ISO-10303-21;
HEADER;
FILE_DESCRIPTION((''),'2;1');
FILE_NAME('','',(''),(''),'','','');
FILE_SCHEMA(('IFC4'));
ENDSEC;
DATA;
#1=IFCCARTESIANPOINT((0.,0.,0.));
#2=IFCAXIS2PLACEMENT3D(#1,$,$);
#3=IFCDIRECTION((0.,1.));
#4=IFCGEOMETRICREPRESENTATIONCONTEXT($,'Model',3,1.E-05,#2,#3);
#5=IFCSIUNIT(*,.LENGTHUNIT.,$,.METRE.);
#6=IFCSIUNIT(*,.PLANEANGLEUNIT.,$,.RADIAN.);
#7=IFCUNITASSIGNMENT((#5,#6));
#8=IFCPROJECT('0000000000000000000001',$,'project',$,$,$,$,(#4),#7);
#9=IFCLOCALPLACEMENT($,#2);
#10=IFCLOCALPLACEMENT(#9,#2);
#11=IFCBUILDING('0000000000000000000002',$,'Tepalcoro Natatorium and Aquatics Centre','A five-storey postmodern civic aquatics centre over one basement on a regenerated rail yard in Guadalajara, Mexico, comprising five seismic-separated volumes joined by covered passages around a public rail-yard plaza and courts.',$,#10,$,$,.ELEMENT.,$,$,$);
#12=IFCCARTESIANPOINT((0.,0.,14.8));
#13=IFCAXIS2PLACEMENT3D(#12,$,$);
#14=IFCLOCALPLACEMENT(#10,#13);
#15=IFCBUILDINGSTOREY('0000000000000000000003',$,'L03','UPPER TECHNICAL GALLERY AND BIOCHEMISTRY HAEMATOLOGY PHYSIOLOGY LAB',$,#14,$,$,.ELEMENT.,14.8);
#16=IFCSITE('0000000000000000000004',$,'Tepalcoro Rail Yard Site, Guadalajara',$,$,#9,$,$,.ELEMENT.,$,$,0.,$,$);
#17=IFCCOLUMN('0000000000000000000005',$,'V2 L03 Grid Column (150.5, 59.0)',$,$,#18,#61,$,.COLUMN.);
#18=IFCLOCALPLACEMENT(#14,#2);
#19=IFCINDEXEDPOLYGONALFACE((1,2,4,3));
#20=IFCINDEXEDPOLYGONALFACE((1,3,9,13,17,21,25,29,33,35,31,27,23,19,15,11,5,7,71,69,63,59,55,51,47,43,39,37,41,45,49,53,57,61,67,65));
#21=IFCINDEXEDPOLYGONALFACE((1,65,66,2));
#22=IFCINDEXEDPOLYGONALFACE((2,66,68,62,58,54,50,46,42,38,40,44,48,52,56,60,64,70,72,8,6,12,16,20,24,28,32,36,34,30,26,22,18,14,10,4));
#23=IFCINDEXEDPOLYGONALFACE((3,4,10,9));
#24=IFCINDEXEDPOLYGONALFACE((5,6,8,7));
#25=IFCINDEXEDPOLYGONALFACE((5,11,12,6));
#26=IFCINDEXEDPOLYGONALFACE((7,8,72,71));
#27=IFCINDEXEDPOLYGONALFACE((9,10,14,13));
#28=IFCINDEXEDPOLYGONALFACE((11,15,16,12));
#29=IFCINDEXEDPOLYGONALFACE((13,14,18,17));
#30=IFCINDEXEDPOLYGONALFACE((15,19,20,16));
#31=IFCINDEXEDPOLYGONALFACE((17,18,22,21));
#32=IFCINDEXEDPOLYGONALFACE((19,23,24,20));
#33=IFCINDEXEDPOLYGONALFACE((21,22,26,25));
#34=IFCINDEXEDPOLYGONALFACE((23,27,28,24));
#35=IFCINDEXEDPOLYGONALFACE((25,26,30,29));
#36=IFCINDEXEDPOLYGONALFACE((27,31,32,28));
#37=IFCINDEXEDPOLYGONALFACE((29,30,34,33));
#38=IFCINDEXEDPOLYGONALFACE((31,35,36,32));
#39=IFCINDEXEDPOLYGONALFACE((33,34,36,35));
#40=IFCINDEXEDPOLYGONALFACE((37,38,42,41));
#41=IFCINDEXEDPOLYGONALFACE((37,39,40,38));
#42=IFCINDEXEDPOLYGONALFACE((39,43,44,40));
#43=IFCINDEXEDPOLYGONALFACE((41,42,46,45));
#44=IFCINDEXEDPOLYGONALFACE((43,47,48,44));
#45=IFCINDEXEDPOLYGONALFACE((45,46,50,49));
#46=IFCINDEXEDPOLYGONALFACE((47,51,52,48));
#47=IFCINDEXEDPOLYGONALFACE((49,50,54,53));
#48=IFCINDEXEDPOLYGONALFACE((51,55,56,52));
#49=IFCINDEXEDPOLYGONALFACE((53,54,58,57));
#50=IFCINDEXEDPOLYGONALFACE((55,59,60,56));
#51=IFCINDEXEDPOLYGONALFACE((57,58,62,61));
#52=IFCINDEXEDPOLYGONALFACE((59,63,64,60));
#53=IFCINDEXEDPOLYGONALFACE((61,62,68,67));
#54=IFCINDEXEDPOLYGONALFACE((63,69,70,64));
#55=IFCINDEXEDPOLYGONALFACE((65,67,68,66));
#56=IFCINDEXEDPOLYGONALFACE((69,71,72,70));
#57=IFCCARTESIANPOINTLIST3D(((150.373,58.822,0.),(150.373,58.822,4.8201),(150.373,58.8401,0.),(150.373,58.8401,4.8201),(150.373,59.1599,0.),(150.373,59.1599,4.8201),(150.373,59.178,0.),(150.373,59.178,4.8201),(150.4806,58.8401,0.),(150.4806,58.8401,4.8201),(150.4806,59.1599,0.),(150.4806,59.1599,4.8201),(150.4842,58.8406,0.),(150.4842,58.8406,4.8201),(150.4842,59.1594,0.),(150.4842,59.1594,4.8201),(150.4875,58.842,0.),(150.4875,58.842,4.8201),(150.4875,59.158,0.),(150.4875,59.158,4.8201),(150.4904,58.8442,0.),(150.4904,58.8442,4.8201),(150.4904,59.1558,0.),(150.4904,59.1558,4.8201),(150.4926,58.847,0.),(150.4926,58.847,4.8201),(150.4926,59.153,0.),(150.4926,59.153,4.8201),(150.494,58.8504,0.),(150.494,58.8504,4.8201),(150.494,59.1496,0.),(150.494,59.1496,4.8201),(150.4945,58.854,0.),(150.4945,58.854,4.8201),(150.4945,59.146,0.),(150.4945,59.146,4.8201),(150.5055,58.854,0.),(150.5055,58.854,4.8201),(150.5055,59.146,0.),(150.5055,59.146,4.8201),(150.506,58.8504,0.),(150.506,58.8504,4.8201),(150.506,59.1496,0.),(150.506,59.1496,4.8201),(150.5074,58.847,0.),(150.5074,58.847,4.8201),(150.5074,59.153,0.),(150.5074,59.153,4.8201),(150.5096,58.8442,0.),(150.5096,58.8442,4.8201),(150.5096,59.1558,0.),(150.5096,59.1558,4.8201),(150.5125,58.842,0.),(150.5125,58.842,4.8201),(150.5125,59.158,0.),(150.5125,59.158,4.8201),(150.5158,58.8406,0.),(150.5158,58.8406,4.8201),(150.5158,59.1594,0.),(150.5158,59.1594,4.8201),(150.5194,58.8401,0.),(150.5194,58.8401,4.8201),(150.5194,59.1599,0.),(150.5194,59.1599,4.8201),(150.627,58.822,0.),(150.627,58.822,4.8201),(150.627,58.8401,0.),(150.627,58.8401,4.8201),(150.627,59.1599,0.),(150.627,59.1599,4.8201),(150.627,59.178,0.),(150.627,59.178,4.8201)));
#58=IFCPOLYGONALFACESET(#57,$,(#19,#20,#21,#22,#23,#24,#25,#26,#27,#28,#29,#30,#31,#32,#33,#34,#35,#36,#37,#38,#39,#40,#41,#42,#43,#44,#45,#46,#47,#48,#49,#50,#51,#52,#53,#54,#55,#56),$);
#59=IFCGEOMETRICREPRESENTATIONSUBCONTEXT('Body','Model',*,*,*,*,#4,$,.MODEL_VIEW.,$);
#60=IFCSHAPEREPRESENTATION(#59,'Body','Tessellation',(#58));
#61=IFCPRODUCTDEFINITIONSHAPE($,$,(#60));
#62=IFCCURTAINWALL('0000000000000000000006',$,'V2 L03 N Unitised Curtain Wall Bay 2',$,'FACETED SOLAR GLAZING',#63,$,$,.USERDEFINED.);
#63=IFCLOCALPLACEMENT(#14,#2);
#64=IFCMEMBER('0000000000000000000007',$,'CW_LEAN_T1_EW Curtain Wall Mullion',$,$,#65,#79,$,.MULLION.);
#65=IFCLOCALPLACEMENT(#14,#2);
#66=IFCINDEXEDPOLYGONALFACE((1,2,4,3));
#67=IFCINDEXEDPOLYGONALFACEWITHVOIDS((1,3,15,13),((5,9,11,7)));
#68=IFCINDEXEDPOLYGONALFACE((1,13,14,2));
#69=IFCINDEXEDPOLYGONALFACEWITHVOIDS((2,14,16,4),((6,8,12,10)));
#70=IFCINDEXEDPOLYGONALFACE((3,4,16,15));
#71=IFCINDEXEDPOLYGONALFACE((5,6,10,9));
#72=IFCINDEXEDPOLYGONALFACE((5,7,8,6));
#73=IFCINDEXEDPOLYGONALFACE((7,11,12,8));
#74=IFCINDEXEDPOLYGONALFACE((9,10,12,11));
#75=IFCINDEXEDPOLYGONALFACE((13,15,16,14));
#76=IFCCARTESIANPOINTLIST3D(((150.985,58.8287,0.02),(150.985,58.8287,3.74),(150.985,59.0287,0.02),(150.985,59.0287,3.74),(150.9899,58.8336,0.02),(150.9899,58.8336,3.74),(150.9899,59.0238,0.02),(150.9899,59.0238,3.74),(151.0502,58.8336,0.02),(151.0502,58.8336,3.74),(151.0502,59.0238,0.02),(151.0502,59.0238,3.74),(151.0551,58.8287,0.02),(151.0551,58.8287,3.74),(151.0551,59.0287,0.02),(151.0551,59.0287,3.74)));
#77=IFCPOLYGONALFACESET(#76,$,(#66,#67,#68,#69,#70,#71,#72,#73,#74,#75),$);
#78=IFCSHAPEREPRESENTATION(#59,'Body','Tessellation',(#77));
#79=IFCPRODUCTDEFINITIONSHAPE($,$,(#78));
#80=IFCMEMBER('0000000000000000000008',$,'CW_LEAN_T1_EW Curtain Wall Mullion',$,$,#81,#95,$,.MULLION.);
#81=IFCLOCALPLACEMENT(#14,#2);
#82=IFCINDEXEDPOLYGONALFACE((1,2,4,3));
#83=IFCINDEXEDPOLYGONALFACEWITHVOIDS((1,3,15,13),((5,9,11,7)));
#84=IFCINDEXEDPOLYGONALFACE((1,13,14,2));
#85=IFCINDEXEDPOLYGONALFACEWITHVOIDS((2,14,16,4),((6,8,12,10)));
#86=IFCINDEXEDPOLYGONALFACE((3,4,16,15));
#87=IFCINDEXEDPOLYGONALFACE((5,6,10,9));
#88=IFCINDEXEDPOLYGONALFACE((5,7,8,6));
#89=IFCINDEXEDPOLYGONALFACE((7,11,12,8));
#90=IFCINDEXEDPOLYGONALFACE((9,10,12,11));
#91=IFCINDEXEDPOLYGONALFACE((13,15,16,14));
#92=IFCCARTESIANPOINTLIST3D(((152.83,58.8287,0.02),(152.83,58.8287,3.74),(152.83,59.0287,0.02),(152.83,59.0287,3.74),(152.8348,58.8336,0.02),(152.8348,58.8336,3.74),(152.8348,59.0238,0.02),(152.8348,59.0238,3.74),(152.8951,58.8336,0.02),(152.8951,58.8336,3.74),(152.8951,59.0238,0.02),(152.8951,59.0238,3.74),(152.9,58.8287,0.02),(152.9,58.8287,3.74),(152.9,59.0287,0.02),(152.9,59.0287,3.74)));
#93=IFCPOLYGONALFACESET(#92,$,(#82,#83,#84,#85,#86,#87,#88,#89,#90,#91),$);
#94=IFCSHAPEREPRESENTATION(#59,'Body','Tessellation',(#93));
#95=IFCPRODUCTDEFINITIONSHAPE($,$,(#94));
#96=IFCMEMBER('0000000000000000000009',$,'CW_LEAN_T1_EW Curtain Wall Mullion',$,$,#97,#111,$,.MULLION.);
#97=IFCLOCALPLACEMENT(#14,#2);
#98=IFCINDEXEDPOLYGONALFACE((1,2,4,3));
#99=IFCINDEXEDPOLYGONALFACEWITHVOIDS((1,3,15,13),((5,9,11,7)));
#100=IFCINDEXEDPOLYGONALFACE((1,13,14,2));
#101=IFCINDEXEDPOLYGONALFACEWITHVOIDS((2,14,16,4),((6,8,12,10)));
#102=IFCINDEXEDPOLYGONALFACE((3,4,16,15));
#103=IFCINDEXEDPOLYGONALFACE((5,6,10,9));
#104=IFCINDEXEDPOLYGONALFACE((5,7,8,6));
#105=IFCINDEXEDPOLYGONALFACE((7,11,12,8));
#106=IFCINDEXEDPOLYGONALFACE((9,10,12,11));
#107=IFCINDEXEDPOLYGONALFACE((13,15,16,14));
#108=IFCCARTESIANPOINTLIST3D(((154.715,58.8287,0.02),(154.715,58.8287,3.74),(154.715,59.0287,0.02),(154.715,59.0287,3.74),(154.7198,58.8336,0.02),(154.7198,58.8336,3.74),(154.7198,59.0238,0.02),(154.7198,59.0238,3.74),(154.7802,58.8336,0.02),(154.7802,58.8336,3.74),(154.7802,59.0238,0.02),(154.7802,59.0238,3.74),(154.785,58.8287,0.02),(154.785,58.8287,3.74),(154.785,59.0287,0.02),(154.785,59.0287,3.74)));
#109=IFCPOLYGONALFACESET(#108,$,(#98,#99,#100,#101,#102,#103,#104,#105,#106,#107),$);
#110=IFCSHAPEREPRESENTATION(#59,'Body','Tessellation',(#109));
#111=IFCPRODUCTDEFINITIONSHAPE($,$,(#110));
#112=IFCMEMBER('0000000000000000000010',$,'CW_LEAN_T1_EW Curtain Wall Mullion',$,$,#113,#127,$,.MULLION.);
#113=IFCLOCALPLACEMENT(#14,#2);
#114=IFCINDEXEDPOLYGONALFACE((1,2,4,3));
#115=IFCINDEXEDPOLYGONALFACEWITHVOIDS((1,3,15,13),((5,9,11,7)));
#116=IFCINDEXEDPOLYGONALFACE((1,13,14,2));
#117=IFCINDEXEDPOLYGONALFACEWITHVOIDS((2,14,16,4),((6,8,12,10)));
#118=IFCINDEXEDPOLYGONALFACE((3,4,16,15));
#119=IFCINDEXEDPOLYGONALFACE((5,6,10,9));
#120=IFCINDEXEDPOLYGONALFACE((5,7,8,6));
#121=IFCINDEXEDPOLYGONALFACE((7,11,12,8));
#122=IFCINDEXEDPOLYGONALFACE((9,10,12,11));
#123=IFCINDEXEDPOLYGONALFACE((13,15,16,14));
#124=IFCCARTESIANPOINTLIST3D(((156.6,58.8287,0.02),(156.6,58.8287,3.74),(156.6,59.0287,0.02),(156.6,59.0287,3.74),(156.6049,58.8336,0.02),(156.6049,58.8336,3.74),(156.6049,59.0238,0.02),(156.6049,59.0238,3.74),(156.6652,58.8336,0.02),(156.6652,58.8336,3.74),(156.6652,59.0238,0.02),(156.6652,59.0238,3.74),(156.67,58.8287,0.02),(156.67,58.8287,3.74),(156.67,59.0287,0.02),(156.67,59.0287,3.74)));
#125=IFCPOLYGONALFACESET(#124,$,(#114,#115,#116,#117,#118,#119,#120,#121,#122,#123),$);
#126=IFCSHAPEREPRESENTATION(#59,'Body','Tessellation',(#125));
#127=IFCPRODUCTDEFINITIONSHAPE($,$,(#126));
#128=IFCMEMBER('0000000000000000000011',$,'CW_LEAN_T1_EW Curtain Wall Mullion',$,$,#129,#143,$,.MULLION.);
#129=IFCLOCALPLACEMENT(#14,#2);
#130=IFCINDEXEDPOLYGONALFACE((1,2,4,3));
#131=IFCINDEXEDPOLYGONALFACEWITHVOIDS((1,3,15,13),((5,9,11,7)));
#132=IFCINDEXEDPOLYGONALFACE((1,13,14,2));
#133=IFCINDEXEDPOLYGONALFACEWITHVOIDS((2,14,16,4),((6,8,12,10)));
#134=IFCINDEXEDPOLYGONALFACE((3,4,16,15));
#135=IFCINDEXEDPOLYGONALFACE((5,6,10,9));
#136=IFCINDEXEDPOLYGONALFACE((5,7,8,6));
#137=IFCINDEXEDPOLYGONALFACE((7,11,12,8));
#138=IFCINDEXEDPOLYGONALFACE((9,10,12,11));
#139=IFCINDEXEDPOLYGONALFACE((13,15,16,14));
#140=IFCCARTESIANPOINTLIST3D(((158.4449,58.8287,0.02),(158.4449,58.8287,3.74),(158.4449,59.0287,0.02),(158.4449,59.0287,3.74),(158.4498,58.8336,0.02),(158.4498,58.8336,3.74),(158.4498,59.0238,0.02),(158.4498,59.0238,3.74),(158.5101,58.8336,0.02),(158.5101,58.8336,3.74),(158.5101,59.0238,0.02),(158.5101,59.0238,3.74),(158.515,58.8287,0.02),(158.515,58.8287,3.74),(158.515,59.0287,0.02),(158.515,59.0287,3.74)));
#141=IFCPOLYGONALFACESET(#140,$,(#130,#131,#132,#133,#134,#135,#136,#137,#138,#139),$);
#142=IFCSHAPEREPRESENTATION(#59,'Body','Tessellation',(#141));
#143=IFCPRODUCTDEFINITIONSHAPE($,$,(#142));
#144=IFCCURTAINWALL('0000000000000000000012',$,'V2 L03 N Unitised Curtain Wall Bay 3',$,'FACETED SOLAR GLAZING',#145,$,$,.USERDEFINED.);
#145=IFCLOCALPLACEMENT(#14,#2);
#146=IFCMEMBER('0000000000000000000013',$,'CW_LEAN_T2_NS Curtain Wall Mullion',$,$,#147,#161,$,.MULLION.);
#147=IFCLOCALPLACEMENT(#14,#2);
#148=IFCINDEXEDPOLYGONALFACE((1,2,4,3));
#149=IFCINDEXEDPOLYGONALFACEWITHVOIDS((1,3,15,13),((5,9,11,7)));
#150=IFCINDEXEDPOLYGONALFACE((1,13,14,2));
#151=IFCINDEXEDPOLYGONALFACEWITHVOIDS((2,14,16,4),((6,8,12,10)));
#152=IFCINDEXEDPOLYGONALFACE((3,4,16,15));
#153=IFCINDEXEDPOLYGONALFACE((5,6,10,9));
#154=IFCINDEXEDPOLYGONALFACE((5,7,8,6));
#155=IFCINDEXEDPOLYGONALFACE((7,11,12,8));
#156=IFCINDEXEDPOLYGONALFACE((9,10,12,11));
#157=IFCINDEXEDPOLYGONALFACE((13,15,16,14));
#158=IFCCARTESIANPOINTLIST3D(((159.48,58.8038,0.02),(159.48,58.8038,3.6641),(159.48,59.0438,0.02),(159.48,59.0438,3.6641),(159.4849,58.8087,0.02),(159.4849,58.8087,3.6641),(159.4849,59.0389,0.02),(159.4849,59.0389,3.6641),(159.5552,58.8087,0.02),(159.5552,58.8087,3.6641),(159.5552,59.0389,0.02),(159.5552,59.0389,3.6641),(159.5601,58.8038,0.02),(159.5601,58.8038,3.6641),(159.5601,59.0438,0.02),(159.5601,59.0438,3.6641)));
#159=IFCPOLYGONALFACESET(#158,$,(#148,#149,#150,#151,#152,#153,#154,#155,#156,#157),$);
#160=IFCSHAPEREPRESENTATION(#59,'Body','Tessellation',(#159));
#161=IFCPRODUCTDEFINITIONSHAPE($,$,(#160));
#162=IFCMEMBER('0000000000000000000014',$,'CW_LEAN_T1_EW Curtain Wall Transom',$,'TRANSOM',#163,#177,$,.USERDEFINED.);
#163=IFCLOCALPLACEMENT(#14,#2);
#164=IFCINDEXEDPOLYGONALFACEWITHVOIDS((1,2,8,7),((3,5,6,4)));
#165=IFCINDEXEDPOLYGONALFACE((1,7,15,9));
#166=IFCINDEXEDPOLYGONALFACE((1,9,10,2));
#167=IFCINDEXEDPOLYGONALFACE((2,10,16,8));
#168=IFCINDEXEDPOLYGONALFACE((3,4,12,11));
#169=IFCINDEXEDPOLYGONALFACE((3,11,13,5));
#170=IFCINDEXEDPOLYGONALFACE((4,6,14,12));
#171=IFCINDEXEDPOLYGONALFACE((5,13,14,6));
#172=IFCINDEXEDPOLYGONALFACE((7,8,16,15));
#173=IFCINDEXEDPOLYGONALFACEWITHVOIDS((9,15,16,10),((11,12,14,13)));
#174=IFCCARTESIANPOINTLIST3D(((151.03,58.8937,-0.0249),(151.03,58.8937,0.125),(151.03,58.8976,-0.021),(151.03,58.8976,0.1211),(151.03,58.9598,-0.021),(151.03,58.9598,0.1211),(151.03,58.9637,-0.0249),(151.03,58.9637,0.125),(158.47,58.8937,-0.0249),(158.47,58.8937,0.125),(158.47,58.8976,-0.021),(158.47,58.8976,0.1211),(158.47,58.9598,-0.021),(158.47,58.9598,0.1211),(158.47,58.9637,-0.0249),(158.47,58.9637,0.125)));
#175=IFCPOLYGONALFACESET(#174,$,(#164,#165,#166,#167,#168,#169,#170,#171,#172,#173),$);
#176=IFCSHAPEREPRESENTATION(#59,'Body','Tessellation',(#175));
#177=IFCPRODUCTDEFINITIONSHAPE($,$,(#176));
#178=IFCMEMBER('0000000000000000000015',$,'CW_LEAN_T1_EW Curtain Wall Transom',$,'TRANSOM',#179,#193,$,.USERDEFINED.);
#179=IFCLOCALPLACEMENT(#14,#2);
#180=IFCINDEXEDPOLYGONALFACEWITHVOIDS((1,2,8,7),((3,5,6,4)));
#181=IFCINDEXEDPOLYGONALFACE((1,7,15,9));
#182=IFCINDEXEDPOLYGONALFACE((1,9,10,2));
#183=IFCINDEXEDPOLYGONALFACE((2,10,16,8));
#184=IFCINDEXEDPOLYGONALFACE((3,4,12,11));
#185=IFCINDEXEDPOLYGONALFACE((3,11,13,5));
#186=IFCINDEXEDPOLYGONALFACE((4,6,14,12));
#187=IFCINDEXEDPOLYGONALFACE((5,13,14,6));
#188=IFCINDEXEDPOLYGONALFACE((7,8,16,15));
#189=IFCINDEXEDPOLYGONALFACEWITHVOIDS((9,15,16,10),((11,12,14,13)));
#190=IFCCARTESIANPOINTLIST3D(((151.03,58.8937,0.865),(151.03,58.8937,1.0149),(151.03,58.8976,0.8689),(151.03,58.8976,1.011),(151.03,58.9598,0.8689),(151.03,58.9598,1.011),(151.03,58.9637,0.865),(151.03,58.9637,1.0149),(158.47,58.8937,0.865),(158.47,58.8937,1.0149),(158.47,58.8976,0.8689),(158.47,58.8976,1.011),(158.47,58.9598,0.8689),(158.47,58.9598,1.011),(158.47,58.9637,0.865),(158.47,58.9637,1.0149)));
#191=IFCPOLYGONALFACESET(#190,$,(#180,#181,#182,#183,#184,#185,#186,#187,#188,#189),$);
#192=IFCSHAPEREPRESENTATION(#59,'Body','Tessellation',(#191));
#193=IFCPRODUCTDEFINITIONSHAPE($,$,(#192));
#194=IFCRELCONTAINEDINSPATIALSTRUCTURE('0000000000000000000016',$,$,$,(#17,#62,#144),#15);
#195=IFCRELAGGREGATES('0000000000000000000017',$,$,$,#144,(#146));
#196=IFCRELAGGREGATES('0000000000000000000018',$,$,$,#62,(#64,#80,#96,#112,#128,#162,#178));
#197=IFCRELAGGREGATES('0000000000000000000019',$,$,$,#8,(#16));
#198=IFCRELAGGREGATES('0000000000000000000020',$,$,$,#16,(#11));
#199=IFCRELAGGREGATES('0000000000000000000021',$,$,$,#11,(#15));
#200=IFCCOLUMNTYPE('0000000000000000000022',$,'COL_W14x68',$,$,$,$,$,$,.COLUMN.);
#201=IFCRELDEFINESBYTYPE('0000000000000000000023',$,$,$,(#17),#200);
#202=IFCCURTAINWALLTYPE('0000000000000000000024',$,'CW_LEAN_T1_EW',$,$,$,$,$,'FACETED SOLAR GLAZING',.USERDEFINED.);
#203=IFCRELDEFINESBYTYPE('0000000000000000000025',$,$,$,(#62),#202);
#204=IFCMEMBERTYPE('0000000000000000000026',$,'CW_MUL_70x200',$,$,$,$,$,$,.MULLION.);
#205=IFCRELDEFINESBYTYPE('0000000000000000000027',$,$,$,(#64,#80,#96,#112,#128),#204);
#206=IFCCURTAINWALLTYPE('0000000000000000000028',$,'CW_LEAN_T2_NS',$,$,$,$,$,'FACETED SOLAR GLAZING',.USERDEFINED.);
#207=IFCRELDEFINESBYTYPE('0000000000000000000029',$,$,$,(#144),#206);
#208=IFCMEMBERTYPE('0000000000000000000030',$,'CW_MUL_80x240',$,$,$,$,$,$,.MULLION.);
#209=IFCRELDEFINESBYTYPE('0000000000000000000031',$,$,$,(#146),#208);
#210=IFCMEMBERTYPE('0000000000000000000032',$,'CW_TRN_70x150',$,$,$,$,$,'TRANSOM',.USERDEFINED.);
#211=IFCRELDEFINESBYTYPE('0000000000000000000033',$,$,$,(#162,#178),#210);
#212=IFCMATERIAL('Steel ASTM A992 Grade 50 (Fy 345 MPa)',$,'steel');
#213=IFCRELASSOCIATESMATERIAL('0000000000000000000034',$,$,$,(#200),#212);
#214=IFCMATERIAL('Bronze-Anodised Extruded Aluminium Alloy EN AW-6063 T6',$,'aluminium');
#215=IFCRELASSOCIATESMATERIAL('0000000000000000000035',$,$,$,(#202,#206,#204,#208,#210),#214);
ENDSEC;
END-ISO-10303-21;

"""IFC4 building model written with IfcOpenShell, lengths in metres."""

from ifc_helpers import new_model, si_unit, direction, frame, origin, origin_2d, place, context, subcontext, project, spatial, hollow_rectangle, i_section, extrude, material, material_profile, profile_set, type_object, element, aggregate, save


model = new_model("IFC4")

# Units and contexts
model_context = context("Model", 3, precision=1e-05, world=origin(), true_north=direction((0.0, 1.0)))
body_context = subcontext(model_context, "Body", "Model", "MODEL_VIEW")
ifc_project = project(units=[si_unit("LENGTHUNIT", "METRE"), si_unit("PLANEANGLEUNIT", "RADIAN")], contexts=[model_context])

# Site, building, storey
site_placement = place(None, origin())
site = spatial("IfcSite", under=ifc_project, at=site_placement, Name="Tepalcoro Rail Yard Site, Guadalajara", CompositionType="ELEMENT", RefElevation=0.0)
building_placement = place(site_placement, origin())
building = spatial("IfcBuilding", under=site, at=building_placement, Name="Tepalcoro Natatorium and Aquatics Centre", Description="A five-storey postmodern civic aquatics centre over one basement on a regenerated rail yard in Guadalajara, Mexico, comprising five seismic-separated volumes joined by covered passages around a public rail-yard plaza and courts.", CompositionType="ELEMENT")
storey_placement = place(building_placement, frame((0.0, 0.0, 14.8)))
storey = spatial("IfcBuildingStorey", under=building, at=storey_placement, Name="L03", Description="UPPER TECHNICAL GALLERY AND BIOCHEMISTRY HAEMATOLOGY PHYSIOLOGY LAB", CompositionType="ELEMENT", Elevation=14.8)

# Column
ifc_material_1 = material(Name="Steel ASTM A992 Grade 50 (Fy 345 MPa)", Category="steel")
ifc_material_profile_1 = material_profile(ifc_material_1, i_section(OverallWidth=0.2539, OverallDepth=0.356, WebThickness=0.011, FlangeThickness=0.0181, FilletRadius=0.0139, at=origin_2d()), Name="W14X68")
ifc_profile_set_1 = profile_set([ifc_material_profile_1], Name="Steel ASTM A992 Grade 50 (Fy 345 MPa)")
column_type_1 = type_object("IfcColumnType", Name="COL_W14x68", PredefinedType="COLUMN", material=ifc_profile_set_1)
column_1_placement = place(storey_placement, frame((150.5, 59.0, 0.0), z_axis=(0.0, 0.0, 1.0), x_axis=(1.0, 0.0, 0.0)))
element("IfcColumn", 1, at=column_1_placement, inside=storey, type_object=column_type_1, Name="V2 L03 Grid Column (150.5, 59.0)", PredefinedType="COLUMN", context=body_context, shape_type="SweptSolid", body=[
    extrude(i_section(OverallWidth=0.2539, OverallDepth=0.356, WebThickness=0.011, FlangeThickness=0.0181, FilletRadius=0.0139, at=origin_2d()), origin(), (0.0, 0.0, 1.0), 4.8201),
])

# Curtain wall, members
ifc_material_2 = material(Name="Bronze-Anodised Extruded Aluminium Alloy EN AW-6063 T6", Category="aluminium")
curtain_wall_type_1 = type_object("IfcCurtainWallType", Name="CW_LEAN_T1_EW", ElementType="FACETED SOLAR GLAZING", PredefinedType="USERDEFINED", material=ifc_material_2)
curtain_wall_1_placement = place(storey_placement, origin())
curtain_wall_1 = element("IfcCurtainWall", 2, at=curtain_wall_1_placement, inside=storey, type_object=curtain_wall_type_1, Name="V2 L03 N Unitised Curtain Wall Bay 2", ObjectType="FACETED SOLAR GLAZING", PredefinedType="USERDEFINED")
ifc_material_profile_2 = material_profile(ifc_material_2, hollow_rectangle(XDim=0.0701, YDim=0.2, WallThickness=0.0049, at=origin_2d()), Name="AL70X200X5")
ifc_profile_set_2 = profile_set([ifc_material_profile_2], Name="Bronze-Anodised Extruded Aluminium Alloy EN AW-6063 T6")
member_type_1 = type_object("IfcMemberType", Name="CW_MUL_70x200", PredefinedType="MULLION", material=ifc_profile_set_2)
member_1_placement = place(storey_placement, frame((151.02, 58.9287, 0.02), z_axis=(0.0, 0.0, 1.0), x_axis=(1.0, 0.0, 0.0)))
member_1 = element("IfcMember", 3, at=member_1_placement, type_object=member_type_1, Name="CW_LEAN_T1_EW Curtain Wall Mullion", PredefinedType="MULLION", context=body_context, shape_type="SweptSolid", body=[
    extrude(hollow_rectangle(XDim=0.0701, YDim=0.2, WallThickness=0.0049, at=origin_2d()), origin(), (0.0, 0.0, 1.0), 3.72),
])
member_2_placement = place(storey_placement, frame((152.865, 58.9287, 0.02), z_axis=(0.0, 0.0, 1.0), x_axis=(1.0, 0.0, 0.0)))
member_2 = element("IfcMember", 4, at=member_2_placement, type_object=member_type_1, Name="CW_LEAN_T1_EW Curtain Wall Mullion", PredefinedType="MULLION", context=body_context, shape_type="SweptSolid", body=[
    extrude(hollow_rectangle(XDim=0.0701, YDim=0.2, WallThickness=0.0049, at=origin_2d()), origin(), (0.0, 0.0, 1.0), 3.72),
])
member_3_placement = place(storey_placement, frame((154.75, 58.9287, 0.02), z_axis=(0.0, 0.0, 1.0), x_axis=(1.0, 0.0, 0.0)))
member_3 = element("IfcMember", 5, at=member_3_placement, type_object=member_type_1, Name="CW_LEAN_T1_EW Curtain Wall Mullion", PredefinedType="MULLION", context=body_context, shape_type="SweptSolid", body=[
    extrude(hollow_rectangle(XDim=0.0701, YDim=0.2, WallThickness=0.0049, at=origin_2d()), origin(), (0.0, 0.0, 1.0), 3.72),
])
member_4_placement = place(storey_placement, frame((156.635, 58.9287, 0.02), z_axis=(0.0, 0.0, 1.0), x_axis=(1.0, 0.0, 0.0)))
member_4 = element("IfcMember", 6, at=member_4_placement, type_object=member_type_1, Name="CW_LEAN_T1_EW Curtain Wall Mullion", PredefinedType="MULLION", context=body_context, shape_type="SweptSolid", body=[
    extrude(hollow_rectangle(XDim=0.0701, YDim=0.2, WallThickness=0.0049, at=origin_2d()), origin(), (0.0, 0.0, 1.0), 3.72),
])
member_5_placement = place(storey_placement, frame((158.48, 58.9287, 0.02), z_axis=(0.0, 0.0, 1.0), x_axis=(1.0, 0.0, 0.0)))
member_5 = element("IfcMember", 7, at=member_5_placement, type_object=member_type_1, Name="CW_LEAN_T1_EW Curtain Wall Mullion", PredefinedType="MULLION", context=body_context, shape_type="SweptSolid", body=[
    extrude(hollow_rectangle(XDim=0.0701, YDim=0.2, WallThickness=0.0049, at=origin_2d()), origin(), (0.0, 0.0, 1.0), 3.72),
])

# Curtain wall, member
curtain_wall_type_2 = type_object("IfcCurtainWallType", Name="CW_LEAN_T2_NS", ElementType="FACETED SOLAR GLAZING", PredefinedType="USERDEFINED", material=ifc_material_2)
curtain_wall_2_placement = place(storey_placement, origin())
curtain_wall_2 = element("IfcCurtainWall", 8, at=curtain_wall_2_placement, inside=storey, type_object=curtain_wall_type_2, Name="V2 L03 N Unitised Curtain Wall Bay 3", ObjectType="FACETED SOLAR GLAZING", PredefinedType="USERDEFINED")
ifc_material_profile_3 = material_profile(ifc_material_2, hollow_rectangle(XDim=0.0801, YDim=0.24, WallThickness=0.0049, at=origin_2d()), Name="AL80X240X5")
ifc_profile_set_3 = profile_set([ifc_material_profile_3], Name="Bronze-Anodised Extruded Aluminium Alloy EN AW-6063 T6")
member_type_2 = type_object("IfcMemberType", Name="CW_MUL_80x240", PredefinedType="MULLION", material=ifc_profile_set_3)
member_6_placement = place(storey_placement, frame((159.52, 58.9238, 0.02), z_axis=(0.0, 0.0, 1.0), x_axis=(1.0, 0.0, 0.0)))
member_6 = element("IfcMember", 9, at=member_6_placement, type_object=member_type_2, Name="CW_LEAN_T2_NS Curtain Wall Mullion", PredefinedType="MULLION", context=body_context, shape_type="SweptSolid", body=[
    extrude(hollow_rectangle(XDim=0.0801, YDim=0.24, WallThickness=0.0049, at=origin_2d()), origin(), (0.0, 0.0, 1.0), 3.644),
])
aggregate(curtain_wall_2, [member_6])

# Members
ifc_material_profile_4 = material_profile(ifc_material_2, hollow_rectangle(XDim=0.0701, YDim=0.1499, WallThickness=0.0039, at=origin_2d()), Name="AL70X150X4")
ifc_profile_set_4 = profile_set([ifc_material_profile_4], Name="Bronze-Anodised Extruded Aluminium Alloy EN AW-6063 T6")
member_type_3 = type_object("IfcMemberType", Name="CW_TRN_70x150", ElementType="TRANSOM", PredefinedType="USERDEFINED", material=ifc_profile_set_4)
member_7_placement = place(storey_placement, frame((151.03, 58.9287, 0.05), z_axis=(1.0, 0.0, 0.0), x_axis=(0.0, 1.0, 0.0)))
member_7 = element("IfcMember", 10, at=member_7_placement, type_object=member_type_3, Name="CW_LEAN_T1_EW Curtain Wall Transom", ObjectType="TRANSOM", PredefinedType="USERDEFINED", context=body_context, shape_type="SweptSolid", body=[
    extrude(hollow_rectangle(XDim=0.0701, YDim=0.1499, WallThickness=0.0039, at=origin_2d()), origin(), (0.0, 0.0, 1.0), 7.4399),
])
member_8_placement = place(storey_placement, frame((151.03, 58.9287, 0.9399), z_axis=(1.0, 0.0, 0.0), x_axis=(0.0, 1.0, 0.0)))
member_8 = element("IfcMember", 11, at=member_8_placement, type_object=member_type_3, Name="CW_LEAN_T1_EW Curtain Wall Transom", ObjectType="TRANSOM", PredefinedType="USERDEFINED", context=body_context, shape_type="SweptSolid", body=[
    extrude(hollow_rectangle(XDim=0.0701, YDim=0.1499, WallThickness=0.0039, at=origin_2d()), origin(), (0.0, 0.0, 1.0), 7.4399),
])

aggregate(curtain_wall_1, [member_1, member_2, member_3, member_4, member_5, member_7, member_8])

save(model, "model.ifc")
